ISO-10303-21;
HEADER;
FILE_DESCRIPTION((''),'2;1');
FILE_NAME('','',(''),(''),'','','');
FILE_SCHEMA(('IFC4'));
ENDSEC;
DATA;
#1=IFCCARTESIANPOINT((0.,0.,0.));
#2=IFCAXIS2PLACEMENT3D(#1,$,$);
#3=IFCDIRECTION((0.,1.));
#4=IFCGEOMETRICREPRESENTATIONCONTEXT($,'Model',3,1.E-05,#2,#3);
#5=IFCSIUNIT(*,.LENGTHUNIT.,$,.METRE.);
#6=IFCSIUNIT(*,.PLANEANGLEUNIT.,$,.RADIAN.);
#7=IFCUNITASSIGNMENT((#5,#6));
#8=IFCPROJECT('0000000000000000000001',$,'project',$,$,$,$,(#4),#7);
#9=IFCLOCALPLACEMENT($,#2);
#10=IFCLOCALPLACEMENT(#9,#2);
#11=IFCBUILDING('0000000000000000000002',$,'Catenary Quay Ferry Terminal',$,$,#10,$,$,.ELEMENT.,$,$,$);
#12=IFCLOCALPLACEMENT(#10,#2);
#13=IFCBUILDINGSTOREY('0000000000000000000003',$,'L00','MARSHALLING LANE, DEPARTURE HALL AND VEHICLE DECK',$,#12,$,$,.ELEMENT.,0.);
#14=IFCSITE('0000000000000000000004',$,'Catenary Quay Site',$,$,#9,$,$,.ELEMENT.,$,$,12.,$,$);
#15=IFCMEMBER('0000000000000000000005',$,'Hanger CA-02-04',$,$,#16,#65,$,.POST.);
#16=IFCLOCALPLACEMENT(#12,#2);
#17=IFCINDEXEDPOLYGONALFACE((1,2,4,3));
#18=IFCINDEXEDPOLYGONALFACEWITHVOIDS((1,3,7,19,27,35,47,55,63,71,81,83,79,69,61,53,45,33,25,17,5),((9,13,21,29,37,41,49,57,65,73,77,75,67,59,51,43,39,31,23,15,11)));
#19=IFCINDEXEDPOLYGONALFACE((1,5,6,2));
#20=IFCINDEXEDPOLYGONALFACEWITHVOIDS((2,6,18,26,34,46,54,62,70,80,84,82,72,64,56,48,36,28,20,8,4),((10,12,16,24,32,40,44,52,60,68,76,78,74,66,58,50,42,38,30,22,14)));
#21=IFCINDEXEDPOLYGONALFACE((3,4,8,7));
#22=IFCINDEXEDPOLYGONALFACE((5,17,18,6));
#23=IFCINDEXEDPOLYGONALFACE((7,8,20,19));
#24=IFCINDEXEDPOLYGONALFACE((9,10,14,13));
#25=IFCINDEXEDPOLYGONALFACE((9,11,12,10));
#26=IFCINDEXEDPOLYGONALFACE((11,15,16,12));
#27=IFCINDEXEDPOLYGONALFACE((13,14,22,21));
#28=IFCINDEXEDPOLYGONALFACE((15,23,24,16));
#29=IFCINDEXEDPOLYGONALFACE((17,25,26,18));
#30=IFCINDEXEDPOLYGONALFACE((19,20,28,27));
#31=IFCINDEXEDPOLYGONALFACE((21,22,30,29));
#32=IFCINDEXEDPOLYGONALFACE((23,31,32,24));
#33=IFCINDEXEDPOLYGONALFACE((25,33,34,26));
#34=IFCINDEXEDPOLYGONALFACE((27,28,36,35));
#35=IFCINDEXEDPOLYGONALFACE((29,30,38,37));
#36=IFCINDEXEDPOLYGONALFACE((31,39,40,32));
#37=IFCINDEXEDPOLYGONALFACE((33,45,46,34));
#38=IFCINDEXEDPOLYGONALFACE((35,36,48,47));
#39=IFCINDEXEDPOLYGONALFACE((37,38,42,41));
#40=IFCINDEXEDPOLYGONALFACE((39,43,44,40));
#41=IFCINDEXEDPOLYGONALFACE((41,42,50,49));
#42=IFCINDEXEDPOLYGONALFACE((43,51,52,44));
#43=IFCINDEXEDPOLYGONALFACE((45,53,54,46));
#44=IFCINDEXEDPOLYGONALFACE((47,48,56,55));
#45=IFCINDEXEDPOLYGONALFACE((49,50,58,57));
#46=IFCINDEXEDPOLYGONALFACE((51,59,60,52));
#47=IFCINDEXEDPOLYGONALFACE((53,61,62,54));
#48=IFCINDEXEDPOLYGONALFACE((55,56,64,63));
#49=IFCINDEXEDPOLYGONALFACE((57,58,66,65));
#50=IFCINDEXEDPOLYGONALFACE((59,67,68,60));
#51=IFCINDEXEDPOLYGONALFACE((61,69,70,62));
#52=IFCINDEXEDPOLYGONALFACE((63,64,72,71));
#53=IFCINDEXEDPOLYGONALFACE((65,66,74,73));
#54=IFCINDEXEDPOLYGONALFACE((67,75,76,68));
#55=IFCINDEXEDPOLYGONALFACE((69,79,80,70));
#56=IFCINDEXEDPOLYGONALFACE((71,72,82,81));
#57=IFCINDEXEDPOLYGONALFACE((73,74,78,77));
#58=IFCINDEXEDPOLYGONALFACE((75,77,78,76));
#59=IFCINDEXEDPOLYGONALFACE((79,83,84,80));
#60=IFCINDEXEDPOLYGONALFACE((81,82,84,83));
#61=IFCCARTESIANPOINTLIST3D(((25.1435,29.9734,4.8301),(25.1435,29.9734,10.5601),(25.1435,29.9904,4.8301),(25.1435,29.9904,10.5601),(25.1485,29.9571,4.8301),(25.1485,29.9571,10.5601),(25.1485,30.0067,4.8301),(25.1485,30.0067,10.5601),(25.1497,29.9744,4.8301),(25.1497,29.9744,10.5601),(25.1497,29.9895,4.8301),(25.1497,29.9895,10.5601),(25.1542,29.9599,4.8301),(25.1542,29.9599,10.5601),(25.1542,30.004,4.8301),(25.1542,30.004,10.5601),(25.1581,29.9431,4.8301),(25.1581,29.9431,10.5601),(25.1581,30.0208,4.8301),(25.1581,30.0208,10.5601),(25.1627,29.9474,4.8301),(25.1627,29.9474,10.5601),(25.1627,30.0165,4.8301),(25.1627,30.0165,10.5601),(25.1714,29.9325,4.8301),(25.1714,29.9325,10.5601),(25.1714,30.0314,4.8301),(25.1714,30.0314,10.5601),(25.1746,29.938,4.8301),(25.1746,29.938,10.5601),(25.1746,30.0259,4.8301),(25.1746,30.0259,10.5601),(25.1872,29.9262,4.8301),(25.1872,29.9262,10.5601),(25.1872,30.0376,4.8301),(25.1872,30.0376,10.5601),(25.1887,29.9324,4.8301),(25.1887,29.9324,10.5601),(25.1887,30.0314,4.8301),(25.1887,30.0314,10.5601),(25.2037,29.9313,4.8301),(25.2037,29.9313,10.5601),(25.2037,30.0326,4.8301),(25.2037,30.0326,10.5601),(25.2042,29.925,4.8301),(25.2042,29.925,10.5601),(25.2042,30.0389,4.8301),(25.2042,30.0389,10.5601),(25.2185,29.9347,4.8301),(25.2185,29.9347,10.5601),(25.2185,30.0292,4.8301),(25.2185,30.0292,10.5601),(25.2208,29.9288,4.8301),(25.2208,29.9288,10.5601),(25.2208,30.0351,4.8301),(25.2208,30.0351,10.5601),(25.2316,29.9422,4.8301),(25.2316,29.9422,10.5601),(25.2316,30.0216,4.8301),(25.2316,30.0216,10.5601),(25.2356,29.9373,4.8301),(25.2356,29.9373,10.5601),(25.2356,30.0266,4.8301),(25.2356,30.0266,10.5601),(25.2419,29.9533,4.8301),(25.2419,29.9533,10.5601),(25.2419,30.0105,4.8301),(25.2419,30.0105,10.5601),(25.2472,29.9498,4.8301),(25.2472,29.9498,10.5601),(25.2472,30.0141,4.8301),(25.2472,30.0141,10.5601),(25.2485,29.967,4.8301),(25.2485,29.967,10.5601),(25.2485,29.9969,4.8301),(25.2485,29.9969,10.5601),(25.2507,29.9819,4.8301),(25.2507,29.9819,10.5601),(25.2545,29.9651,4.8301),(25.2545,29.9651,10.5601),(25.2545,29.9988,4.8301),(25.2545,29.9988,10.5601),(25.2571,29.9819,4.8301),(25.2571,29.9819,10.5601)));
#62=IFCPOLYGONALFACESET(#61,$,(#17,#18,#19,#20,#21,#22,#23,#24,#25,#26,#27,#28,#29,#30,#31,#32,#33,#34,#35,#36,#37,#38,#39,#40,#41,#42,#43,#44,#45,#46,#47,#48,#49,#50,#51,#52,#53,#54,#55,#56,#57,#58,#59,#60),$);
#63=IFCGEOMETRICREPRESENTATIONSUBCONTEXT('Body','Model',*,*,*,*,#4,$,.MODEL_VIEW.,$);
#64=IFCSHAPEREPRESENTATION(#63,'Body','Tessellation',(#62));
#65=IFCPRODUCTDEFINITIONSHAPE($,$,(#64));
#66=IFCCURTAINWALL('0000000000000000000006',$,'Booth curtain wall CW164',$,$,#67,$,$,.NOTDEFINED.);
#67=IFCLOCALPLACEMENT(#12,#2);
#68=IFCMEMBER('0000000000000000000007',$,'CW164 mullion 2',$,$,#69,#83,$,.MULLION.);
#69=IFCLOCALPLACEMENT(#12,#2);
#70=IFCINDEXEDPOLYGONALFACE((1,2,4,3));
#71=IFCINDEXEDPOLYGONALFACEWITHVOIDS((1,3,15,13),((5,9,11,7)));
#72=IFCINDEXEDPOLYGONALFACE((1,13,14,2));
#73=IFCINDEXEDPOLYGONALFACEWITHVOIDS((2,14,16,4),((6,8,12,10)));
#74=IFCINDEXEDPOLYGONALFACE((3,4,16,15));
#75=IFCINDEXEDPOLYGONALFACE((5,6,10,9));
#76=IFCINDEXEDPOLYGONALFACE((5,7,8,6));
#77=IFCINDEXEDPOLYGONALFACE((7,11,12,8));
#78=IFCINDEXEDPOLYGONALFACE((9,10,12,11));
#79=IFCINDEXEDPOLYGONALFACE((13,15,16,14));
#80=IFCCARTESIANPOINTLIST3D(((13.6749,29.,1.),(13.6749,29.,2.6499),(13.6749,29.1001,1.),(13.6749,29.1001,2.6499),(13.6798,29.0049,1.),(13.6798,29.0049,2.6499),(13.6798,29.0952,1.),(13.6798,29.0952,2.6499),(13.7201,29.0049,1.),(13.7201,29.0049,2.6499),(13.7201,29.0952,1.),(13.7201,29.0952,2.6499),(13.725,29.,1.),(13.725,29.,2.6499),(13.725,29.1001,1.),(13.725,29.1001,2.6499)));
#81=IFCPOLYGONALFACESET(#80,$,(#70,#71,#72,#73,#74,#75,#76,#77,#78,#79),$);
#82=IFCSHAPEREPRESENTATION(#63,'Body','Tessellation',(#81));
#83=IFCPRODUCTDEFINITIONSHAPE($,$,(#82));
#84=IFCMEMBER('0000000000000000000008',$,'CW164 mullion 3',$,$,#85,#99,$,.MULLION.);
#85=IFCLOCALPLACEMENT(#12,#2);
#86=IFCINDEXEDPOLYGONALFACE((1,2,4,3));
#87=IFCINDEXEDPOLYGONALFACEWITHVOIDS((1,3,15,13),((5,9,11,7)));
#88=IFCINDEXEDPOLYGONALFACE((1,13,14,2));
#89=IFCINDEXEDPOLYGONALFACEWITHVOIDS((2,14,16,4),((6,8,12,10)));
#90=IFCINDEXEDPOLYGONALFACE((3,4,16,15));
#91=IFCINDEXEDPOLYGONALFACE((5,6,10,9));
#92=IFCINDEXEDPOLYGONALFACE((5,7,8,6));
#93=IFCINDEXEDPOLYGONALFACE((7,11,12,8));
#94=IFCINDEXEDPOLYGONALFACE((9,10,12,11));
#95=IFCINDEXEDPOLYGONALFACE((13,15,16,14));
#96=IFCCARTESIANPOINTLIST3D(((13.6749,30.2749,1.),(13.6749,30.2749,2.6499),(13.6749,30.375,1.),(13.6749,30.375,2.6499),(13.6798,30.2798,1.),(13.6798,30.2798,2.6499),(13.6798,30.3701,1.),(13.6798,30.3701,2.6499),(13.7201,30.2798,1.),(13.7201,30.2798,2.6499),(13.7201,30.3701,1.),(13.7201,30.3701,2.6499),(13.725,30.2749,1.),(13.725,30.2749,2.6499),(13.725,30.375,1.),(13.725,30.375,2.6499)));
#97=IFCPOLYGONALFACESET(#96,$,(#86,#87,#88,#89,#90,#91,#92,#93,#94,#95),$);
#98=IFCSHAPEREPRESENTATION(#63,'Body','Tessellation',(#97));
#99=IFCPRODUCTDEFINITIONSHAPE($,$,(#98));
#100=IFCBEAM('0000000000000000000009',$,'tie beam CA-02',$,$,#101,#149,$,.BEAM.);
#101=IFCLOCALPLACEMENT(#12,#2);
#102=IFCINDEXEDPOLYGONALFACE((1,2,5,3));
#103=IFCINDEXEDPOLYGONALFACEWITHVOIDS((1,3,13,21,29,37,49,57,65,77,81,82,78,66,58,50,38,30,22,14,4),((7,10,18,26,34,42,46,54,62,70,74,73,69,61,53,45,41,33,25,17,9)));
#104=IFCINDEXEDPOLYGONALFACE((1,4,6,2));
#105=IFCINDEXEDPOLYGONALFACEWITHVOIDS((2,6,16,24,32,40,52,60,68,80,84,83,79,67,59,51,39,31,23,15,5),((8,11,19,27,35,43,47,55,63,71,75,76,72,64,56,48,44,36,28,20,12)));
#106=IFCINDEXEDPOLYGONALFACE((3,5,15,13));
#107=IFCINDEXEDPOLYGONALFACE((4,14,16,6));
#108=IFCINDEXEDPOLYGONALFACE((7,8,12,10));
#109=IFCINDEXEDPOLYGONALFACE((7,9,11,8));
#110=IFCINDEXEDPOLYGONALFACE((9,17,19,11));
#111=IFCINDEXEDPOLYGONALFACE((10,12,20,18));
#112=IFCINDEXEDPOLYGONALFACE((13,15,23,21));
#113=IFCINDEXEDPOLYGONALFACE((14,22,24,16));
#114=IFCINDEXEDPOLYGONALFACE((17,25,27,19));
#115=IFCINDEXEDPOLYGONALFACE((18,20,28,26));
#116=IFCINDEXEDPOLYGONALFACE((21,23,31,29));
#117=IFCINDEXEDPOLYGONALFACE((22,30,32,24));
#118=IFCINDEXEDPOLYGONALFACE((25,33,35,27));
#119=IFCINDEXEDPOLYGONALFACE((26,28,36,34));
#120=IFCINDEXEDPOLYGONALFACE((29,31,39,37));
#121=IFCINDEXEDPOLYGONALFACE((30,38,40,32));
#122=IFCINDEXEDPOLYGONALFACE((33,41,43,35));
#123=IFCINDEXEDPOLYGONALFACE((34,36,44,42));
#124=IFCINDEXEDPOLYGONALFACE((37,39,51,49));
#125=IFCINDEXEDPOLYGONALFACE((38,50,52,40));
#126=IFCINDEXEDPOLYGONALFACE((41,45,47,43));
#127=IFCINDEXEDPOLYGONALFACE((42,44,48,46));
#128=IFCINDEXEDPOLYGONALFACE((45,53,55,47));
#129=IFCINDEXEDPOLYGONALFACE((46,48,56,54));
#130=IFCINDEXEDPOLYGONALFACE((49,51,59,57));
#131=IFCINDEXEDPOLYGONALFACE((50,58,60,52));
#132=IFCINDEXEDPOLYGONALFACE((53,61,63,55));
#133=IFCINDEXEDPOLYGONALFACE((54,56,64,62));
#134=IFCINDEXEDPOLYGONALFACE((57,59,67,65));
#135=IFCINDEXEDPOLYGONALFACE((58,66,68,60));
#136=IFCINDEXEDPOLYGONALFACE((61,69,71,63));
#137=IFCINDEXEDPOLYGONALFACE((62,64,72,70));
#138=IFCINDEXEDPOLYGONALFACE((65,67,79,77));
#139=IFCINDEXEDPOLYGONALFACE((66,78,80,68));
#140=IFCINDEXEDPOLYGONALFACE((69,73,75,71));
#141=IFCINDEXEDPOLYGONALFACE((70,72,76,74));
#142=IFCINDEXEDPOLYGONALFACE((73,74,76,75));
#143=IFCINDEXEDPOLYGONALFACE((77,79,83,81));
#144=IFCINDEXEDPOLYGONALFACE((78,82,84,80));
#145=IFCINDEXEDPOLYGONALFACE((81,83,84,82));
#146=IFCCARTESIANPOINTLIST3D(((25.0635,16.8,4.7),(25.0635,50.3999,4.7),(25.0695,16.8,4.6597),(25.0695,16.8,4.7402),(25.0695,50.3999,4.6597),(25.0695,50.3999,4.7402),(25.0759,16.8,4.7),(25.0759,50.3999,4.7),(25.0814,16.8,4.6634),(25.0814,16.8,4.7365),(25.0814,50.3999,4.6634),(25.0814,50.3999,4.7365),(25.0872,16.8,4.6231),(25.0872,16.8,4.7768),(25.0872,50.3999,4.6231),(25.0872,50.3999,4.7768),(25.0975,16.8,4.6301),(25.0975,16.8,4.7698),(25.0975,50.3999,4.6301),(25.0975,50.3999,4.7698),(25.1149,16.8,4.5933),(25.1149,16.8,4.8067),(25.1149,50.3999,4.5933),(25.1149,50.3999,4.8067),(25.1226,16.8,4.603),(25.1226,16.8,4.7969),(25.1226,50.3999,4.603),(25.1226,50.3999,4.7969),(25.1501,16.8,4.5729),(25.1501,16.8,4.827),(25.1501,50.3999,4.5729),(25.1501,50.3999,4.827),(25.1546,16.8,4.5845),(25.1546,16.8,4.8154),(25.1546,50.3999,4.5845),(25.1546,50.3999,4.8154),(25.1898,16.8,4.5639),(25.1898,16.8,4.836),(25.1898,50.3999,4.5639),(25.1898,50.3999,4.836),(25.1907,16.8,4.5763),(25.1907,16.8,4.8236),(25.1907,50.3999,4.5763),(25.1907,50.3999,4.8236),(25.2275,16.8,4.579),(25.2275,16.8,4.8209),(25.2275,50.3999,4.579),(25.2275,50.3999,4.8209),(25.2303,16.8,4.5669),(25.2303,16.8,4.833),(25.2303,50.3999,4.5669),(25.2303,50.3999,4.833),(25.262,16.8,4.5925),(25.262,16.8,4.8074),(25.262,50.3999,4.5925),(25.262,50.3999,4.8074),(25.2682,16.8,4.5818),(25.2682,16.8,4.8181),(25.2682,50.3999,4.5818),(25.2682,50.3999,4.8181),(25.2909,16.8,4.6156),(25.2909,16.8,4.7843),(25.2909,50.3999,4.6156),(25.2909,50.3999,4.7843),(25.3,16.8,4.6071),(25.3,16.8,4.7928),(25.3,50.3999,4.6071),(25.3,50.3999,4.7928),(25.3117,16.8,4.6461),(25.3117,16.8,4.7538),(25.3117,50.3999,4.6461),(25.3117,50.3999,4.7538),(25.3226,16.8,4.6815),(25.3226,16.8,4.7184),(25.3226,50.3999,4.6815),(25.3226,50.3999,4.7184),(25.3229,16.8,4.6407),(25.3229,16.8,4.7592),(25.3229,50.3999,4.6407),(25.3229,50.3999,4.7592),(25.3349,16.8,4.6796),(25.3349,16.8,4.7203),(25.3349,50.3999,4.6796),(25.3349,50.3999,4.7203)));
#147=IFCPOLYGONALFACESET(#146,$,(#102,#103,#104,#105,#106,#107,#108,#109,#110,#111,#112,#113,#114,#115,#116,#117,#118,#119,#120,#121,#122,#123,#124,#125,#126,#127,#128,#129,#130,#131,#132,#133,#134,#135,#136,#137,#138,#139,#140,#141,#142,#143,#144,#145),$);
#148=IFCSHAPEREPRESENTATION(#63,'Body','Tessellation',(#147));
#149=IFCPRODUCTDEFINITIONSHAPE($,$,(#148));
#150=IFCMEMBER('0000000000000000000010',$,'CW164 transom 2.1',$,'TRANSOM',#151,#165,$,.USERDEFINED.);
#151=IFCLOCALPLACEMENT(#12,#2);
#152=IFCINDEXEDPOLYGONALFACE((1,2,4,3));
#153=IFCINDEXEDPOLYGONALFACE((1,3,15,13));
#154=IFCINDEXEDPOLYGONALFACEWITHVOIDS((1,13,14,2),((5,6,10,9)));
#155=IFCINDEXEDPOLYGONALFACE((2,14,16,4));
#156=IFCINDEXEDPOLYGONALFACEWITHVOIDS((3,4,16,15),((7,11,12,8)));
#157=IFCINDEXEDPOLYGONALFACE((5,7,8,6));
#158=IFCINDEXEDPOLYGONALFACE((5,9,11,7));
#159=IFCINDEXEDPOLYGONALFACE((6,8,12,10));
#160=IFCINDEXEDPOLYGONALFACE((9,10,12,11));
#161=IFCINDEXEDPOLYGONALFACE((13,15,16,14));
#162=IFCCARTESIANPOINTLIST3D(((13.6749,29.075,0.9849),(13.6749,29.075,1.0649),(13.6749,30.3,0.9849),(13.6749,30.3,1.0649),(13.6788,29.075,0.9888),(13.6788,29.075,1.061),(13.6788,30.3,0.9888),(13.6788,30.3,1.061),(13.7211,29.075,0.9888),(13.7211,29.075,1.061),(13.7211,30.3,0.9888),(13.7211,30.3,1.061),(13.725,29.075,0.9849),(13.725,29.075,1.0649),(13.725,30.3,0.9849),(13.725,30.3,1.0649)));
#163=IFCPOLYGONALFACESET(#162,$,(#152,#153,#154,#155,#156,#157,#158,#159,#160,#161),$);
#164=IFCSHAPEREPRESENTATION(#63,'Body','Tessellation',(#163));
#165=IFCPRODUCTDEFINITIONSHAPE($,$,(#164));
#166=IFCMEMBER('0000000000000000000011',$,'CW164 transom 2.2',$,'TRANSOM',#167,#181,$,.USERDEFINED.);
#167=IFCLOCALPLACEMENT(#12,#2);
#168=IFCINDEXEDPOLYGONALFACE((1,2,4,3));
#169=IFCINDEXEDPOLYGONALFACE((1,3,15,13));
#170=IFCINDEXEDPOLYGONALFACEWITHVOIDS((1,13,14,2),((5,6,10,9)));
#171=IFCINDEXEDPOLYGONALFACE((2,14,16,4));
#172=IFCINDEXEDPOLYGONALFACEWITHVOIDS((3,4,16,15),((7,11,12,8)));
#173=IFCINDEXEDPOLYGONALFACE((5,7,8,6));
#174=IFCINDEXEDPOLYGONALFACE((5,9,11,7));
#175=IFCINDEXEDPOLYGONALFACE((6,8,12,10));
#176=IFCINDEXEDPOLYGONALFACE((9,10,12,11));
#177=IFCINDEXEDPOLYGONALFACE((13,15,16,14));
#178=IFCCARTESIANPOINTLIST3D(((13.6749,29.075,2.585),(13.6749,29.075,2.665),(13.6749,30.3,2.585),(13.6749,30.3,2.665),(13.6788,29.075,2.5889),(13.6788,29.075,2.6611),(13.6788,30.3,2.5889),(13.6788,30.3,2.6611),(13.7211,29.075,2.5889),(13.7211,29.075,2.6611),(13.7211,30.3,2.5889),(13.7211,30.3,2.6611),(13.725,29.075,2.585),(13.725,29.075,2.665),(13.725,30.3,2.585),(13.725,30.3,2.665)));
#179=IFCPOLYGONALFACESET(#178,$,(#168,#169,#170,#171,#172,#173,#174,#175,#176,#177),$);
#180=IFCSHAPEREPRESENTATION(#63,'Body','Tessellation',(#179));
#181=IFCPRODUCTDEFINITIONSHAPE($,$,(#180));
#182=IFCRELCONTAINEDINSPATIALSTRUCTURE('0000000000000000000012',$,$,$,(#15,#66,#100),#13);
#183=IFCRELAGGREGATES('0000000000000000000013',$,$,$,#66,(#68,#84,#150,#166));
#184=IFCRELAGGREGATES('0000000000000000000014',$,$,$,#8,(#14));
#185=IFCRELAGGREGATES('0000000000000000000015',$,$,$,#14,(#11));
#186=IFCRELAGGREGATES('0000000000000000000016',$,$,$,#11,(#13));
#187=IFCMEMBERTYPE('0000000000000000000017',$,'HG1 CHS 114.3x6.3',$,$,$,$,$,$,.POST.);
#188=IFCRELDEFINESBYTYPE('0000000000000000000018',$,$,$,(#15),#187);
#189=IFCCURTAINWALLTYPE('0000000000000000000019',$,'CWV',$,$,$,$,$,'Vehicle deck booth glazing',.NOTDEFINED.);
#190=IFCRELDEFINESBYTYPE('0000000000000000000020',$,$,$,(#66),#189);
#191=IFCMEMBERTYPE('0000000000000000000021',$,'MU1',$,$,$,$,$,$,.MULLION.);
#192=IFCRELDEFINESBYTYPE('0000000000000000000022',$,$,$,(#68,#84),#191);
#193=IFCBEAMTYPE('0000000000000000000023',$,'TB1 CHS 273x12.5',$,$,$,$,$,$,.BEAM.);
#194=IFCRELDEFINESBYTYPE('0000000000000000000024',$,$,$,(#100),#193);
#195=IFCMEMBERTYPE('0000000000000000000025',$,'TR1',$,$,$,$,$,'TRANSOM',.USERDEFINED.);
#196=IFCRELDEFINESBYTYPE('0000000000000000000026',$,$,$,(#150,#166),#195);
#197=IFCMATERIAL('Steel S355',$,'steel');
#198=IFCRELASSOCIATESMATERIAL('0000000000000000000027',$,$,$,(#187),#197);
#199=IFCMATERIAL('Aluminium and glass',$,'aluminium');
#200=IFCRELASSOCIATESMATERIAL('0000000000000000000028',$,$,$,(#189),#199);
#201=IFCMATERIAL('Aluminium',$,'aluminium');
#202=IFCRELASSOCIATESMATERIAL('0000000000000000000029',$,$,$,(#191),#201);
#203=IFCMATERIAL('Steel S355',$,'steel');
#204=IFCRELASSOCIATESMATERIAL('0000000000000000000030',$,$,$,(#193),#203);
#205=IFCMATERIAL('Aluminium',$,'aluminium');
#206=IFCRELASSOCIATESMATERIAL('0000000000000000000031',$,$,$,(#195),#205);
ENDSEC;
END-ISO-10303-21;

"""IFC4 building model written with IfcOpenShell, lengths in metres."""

from ifc_helpers import new_model, si_unit, direction, frame, origin, origin_2d, place, context, subcontext, project, spatial, hollow_rectangle, hollow_circle, extrude, material, material_profile, profile_set, type_object, element, aggregate, save


model = new_model("IFC4")

# Units and contexts
model_context = context("Model", 3, precision=1e-05, world=origin(), true_north=direction((0.0, 1.0)))
body_context = subcontext(model_context, "Body", "Model", "MODEL_VIEW")
ifc_project = project(units=[si_unit("LENGTHUNIT", "METRE"), si_unit("PLANEANGLEUNIT", "RADIAN")], contexts=[model_context])

# Site, building, storey
site_placement = place(None, origin())
site = spatial("IfcSite", under=ifc_project, at=site_placement, Name="Catenary Quay Site", CompositionType="ELEMENT", RefElevation=12.0)
building_placement = place(site_placement, origin())
building = spatial("IfcBuilding", under=site, at=building_placement, Name="Catenary Quay Ferry Terminal", CompositionType="ELEMENT")
storey_placement = place(building_placement, origin())
storey = spatial("IfcBuildingStorey", under=building, at=storey_placement, Name="L00", Description="MARSHALLING LANE, DEPARTURE HALL AND VEHICLE DECK", CompositionType="ELEMENT", Elevation=0.0)

# Member
ifc_material_1 = material(Name="Steel S355", Category="steel")
ifc_material_profile_1 = material_profile(ifc_material_1, hollow_circle(Radius=0.0571, WallThickness=0.0063, at=origin_2d()), Name="CHS 114.3x6.3")
ifc_profile_set_1 = profile_set([ifc_material_profile_1], Name="Steel S355")
member_type_1 = type_object("IfcMemberType", Name="HG1 CHS 114.3x6.3", PredefinedType="POST", material=ifc_profile_set_1)
member_1_placement = place(storey_placement, frame((25.2, 29.9819, 4.8301), z_axis=(0.0, 0.0, 1.0), x_axis=(1.0, 0.0, 0.0)))
element("IfcMember", 1, at=member_1_placement, inside=storey, type_object=member_type_1, Name="Hanger CA-02-04", PredefinedType="POST", context=body_context, shape_type="SweptSolid", body=[
    extrude(hollow_circle(Radius=0.0571, WallThickness=0.0063, at=origin_2d()), origin(), (0.0, 0.0, 1.0), 5.73),
])

# Curtain wall, members
ifc_material_2 = material(Name="Aluminium and glass", Category="aluminium")
curtain_wall_type = type_object("IfcCurtainWallType", Name="CWV", ElementType="Vehicle deck booth glazing", PredefinedType="NOTDEFINED", material=ifc_material_2)
curtain_wall_placement = place(storey_placement, origin())
curtain_wall = element("IfcCurtainWall", 2, at=curtain_wall_placement, inside=storey, type_object=curtain_wall_type, Name="Booth curtain wall CW164", PredefinedType="NOTDEFINED")
ifc_material_3 = material(Name="Aluminium", Category="aluminium")
ifc_material_profile_2 = material_profile(ifc_material_3, hollow_rectangle(XDim=0.05, YDim=0.1001, WallThickness=0.0049, at=origin_2d()), Name="MU1")
ifc_profile_set_2 = profile_set([ifc_material_profile_2], Name="Aluminium")
member_type_2 = type_object("IfcMemberType", Name="MU1", PredefinedType="MULLION", material=ifc_profile_set_2)
member_2_placement = place(storey_placement, frame((13.7, 29.05, 1.0), z_axis=(0.0, 0.0, 1.0), x_axis=(-1.0, 0.0, 0.0)))
member_2 = element("IfcMember", 3, at=member_2_placement, type_object=member_type_2, Name="CW164 mullion 2", PredefinedType="MULLION", context=body_context, shape_type="SweptSolid", body=[
    extrude(hollow_rectangle(XDim=0.05, YDim=0.1001, WallThickness=0.0049, at=origin_2d()), origin(), (0.0, 0.0, 1.0), 1.6499),
])
member_3_placement = place(storey_placement, frame((13.7, 30.325, 1.0), z_axis=(0.0, 0.0, 1.0), x_axis=(-1.0, 0.0, 0.0)))
member_3 = element("IfcMember", 4, at=member_3_placement, type_object=member_type_2, Name="CW164 mullion 3", PredefinedType="MULLION", context=body_context, shape_type="SweptSolid", body=[
    extrude(hollow_rectangle(XDim=0.05, YDim=0.1001, WallThickness=0.0049, at=origin_2d()), origin(), (0.0, 0.0, 1.0), 1.6499),
])

# Beam
ifc_material_4 = material(Name="Steel S355", Category="steel")
ifc_material_profile_3 = material_profile(ifc_material_4, hollow_circle(Radius=0.1365, WallThickness=0.0125, at=origin_2d()), Name="CHS 273x12.5")
ifc_profile_set_3 = profile_set([ifc_material_profile_3], Name="Steel S355")
beam_type_1 = type_object("IfcBeamType", Name="TB1 CHS 273x12.5", PredefinedType="BEAM", material=ifc_profile_set_3)
beam_1_placement = place(storey_placement, frame((25.2, 16.8, 4.7), z_axis=(0.0, 1.0, 0.0), x_axis=(-1.0, 0.0, 0.0)))
element("IfcBeam", 5, at=beam_1_placement, inside=storey, type_object=beam_type_1, Name="tie beam CA-02", PredefinedType="BEAM", context=body_context, shape_type="SweptSolid", body=[
    extrude(hollow_circle(Radius=0.1365, WallThickness=0.0125, at=origin_2d()), origin(), (0.0, 0.0, 1.0), 33.5999),
])

# Members
ifc_material_5 = material(Name="Aluminium", Category="aluminium")
ifc_material_profile_4 = material_profile(ifc_material_5, hollow_rectangle(XDim=0.05, YDim=0.0801, WallThickness=0.0039, at=origin_2d()), Name="TR1")
ifc_profile_set_4 = profile_set([ifc_material_profile_4], Name="Aluminium")
member_type_3 = type_object("IfcMemberType", Name="TR1", ElementType="TRANSOM", PredefinedType="USERDEFINED", material=ifc_profile_set_4)
member_4_placement = place(storey_placement, frame((13.7, 29.075, 1.0249), z_axis=(0.0, 1.0, 0.0), x_axis=(-1.0, 0.0, 0.0)))
member_4 = element("IfcMember", 6, at=member_4_placement, type_object=member_type_3, Name="CW164 transom 2.1", ObjectType="TRANSOM", PredefinedType="USERDEFINED", context=body_context, shape_type="SweptSolid", body=[
    extrude(hollow_rectangle(XDim=0.05, YDim=0.0801, WallThickness=0.0039, at=origin_2d()), origin(), (0.0, 0.0, 1.0), 1.2251),
])
member_5_placement = place(storey_placement, frame((13.7, 29.075, 2.625), z_axis=(0.0, 1.0, 0.0), x_axis=(-1.0, 0.0, 0.0)))
member_5 = element("IfcMember", 7, at=member_5_placement, type_object=member_type_3, Name="CW164 transom 2.2", ObjectType="TRANSOM", PredefinedType="USERDEFINED", context=body_context, shape_type="SweptSolid", body=[
    extrude(hollow_rectangle(XDim=0.05, YDim=0.0801, WallThickness=0.0039, at=origin_2d()), origin(), (0.0, 0.0, 1.0), 1.2251),
])

aggregate(curtain_wall, [member_2, member_3, member_4, member_5])

save(model, "model.ifc")
